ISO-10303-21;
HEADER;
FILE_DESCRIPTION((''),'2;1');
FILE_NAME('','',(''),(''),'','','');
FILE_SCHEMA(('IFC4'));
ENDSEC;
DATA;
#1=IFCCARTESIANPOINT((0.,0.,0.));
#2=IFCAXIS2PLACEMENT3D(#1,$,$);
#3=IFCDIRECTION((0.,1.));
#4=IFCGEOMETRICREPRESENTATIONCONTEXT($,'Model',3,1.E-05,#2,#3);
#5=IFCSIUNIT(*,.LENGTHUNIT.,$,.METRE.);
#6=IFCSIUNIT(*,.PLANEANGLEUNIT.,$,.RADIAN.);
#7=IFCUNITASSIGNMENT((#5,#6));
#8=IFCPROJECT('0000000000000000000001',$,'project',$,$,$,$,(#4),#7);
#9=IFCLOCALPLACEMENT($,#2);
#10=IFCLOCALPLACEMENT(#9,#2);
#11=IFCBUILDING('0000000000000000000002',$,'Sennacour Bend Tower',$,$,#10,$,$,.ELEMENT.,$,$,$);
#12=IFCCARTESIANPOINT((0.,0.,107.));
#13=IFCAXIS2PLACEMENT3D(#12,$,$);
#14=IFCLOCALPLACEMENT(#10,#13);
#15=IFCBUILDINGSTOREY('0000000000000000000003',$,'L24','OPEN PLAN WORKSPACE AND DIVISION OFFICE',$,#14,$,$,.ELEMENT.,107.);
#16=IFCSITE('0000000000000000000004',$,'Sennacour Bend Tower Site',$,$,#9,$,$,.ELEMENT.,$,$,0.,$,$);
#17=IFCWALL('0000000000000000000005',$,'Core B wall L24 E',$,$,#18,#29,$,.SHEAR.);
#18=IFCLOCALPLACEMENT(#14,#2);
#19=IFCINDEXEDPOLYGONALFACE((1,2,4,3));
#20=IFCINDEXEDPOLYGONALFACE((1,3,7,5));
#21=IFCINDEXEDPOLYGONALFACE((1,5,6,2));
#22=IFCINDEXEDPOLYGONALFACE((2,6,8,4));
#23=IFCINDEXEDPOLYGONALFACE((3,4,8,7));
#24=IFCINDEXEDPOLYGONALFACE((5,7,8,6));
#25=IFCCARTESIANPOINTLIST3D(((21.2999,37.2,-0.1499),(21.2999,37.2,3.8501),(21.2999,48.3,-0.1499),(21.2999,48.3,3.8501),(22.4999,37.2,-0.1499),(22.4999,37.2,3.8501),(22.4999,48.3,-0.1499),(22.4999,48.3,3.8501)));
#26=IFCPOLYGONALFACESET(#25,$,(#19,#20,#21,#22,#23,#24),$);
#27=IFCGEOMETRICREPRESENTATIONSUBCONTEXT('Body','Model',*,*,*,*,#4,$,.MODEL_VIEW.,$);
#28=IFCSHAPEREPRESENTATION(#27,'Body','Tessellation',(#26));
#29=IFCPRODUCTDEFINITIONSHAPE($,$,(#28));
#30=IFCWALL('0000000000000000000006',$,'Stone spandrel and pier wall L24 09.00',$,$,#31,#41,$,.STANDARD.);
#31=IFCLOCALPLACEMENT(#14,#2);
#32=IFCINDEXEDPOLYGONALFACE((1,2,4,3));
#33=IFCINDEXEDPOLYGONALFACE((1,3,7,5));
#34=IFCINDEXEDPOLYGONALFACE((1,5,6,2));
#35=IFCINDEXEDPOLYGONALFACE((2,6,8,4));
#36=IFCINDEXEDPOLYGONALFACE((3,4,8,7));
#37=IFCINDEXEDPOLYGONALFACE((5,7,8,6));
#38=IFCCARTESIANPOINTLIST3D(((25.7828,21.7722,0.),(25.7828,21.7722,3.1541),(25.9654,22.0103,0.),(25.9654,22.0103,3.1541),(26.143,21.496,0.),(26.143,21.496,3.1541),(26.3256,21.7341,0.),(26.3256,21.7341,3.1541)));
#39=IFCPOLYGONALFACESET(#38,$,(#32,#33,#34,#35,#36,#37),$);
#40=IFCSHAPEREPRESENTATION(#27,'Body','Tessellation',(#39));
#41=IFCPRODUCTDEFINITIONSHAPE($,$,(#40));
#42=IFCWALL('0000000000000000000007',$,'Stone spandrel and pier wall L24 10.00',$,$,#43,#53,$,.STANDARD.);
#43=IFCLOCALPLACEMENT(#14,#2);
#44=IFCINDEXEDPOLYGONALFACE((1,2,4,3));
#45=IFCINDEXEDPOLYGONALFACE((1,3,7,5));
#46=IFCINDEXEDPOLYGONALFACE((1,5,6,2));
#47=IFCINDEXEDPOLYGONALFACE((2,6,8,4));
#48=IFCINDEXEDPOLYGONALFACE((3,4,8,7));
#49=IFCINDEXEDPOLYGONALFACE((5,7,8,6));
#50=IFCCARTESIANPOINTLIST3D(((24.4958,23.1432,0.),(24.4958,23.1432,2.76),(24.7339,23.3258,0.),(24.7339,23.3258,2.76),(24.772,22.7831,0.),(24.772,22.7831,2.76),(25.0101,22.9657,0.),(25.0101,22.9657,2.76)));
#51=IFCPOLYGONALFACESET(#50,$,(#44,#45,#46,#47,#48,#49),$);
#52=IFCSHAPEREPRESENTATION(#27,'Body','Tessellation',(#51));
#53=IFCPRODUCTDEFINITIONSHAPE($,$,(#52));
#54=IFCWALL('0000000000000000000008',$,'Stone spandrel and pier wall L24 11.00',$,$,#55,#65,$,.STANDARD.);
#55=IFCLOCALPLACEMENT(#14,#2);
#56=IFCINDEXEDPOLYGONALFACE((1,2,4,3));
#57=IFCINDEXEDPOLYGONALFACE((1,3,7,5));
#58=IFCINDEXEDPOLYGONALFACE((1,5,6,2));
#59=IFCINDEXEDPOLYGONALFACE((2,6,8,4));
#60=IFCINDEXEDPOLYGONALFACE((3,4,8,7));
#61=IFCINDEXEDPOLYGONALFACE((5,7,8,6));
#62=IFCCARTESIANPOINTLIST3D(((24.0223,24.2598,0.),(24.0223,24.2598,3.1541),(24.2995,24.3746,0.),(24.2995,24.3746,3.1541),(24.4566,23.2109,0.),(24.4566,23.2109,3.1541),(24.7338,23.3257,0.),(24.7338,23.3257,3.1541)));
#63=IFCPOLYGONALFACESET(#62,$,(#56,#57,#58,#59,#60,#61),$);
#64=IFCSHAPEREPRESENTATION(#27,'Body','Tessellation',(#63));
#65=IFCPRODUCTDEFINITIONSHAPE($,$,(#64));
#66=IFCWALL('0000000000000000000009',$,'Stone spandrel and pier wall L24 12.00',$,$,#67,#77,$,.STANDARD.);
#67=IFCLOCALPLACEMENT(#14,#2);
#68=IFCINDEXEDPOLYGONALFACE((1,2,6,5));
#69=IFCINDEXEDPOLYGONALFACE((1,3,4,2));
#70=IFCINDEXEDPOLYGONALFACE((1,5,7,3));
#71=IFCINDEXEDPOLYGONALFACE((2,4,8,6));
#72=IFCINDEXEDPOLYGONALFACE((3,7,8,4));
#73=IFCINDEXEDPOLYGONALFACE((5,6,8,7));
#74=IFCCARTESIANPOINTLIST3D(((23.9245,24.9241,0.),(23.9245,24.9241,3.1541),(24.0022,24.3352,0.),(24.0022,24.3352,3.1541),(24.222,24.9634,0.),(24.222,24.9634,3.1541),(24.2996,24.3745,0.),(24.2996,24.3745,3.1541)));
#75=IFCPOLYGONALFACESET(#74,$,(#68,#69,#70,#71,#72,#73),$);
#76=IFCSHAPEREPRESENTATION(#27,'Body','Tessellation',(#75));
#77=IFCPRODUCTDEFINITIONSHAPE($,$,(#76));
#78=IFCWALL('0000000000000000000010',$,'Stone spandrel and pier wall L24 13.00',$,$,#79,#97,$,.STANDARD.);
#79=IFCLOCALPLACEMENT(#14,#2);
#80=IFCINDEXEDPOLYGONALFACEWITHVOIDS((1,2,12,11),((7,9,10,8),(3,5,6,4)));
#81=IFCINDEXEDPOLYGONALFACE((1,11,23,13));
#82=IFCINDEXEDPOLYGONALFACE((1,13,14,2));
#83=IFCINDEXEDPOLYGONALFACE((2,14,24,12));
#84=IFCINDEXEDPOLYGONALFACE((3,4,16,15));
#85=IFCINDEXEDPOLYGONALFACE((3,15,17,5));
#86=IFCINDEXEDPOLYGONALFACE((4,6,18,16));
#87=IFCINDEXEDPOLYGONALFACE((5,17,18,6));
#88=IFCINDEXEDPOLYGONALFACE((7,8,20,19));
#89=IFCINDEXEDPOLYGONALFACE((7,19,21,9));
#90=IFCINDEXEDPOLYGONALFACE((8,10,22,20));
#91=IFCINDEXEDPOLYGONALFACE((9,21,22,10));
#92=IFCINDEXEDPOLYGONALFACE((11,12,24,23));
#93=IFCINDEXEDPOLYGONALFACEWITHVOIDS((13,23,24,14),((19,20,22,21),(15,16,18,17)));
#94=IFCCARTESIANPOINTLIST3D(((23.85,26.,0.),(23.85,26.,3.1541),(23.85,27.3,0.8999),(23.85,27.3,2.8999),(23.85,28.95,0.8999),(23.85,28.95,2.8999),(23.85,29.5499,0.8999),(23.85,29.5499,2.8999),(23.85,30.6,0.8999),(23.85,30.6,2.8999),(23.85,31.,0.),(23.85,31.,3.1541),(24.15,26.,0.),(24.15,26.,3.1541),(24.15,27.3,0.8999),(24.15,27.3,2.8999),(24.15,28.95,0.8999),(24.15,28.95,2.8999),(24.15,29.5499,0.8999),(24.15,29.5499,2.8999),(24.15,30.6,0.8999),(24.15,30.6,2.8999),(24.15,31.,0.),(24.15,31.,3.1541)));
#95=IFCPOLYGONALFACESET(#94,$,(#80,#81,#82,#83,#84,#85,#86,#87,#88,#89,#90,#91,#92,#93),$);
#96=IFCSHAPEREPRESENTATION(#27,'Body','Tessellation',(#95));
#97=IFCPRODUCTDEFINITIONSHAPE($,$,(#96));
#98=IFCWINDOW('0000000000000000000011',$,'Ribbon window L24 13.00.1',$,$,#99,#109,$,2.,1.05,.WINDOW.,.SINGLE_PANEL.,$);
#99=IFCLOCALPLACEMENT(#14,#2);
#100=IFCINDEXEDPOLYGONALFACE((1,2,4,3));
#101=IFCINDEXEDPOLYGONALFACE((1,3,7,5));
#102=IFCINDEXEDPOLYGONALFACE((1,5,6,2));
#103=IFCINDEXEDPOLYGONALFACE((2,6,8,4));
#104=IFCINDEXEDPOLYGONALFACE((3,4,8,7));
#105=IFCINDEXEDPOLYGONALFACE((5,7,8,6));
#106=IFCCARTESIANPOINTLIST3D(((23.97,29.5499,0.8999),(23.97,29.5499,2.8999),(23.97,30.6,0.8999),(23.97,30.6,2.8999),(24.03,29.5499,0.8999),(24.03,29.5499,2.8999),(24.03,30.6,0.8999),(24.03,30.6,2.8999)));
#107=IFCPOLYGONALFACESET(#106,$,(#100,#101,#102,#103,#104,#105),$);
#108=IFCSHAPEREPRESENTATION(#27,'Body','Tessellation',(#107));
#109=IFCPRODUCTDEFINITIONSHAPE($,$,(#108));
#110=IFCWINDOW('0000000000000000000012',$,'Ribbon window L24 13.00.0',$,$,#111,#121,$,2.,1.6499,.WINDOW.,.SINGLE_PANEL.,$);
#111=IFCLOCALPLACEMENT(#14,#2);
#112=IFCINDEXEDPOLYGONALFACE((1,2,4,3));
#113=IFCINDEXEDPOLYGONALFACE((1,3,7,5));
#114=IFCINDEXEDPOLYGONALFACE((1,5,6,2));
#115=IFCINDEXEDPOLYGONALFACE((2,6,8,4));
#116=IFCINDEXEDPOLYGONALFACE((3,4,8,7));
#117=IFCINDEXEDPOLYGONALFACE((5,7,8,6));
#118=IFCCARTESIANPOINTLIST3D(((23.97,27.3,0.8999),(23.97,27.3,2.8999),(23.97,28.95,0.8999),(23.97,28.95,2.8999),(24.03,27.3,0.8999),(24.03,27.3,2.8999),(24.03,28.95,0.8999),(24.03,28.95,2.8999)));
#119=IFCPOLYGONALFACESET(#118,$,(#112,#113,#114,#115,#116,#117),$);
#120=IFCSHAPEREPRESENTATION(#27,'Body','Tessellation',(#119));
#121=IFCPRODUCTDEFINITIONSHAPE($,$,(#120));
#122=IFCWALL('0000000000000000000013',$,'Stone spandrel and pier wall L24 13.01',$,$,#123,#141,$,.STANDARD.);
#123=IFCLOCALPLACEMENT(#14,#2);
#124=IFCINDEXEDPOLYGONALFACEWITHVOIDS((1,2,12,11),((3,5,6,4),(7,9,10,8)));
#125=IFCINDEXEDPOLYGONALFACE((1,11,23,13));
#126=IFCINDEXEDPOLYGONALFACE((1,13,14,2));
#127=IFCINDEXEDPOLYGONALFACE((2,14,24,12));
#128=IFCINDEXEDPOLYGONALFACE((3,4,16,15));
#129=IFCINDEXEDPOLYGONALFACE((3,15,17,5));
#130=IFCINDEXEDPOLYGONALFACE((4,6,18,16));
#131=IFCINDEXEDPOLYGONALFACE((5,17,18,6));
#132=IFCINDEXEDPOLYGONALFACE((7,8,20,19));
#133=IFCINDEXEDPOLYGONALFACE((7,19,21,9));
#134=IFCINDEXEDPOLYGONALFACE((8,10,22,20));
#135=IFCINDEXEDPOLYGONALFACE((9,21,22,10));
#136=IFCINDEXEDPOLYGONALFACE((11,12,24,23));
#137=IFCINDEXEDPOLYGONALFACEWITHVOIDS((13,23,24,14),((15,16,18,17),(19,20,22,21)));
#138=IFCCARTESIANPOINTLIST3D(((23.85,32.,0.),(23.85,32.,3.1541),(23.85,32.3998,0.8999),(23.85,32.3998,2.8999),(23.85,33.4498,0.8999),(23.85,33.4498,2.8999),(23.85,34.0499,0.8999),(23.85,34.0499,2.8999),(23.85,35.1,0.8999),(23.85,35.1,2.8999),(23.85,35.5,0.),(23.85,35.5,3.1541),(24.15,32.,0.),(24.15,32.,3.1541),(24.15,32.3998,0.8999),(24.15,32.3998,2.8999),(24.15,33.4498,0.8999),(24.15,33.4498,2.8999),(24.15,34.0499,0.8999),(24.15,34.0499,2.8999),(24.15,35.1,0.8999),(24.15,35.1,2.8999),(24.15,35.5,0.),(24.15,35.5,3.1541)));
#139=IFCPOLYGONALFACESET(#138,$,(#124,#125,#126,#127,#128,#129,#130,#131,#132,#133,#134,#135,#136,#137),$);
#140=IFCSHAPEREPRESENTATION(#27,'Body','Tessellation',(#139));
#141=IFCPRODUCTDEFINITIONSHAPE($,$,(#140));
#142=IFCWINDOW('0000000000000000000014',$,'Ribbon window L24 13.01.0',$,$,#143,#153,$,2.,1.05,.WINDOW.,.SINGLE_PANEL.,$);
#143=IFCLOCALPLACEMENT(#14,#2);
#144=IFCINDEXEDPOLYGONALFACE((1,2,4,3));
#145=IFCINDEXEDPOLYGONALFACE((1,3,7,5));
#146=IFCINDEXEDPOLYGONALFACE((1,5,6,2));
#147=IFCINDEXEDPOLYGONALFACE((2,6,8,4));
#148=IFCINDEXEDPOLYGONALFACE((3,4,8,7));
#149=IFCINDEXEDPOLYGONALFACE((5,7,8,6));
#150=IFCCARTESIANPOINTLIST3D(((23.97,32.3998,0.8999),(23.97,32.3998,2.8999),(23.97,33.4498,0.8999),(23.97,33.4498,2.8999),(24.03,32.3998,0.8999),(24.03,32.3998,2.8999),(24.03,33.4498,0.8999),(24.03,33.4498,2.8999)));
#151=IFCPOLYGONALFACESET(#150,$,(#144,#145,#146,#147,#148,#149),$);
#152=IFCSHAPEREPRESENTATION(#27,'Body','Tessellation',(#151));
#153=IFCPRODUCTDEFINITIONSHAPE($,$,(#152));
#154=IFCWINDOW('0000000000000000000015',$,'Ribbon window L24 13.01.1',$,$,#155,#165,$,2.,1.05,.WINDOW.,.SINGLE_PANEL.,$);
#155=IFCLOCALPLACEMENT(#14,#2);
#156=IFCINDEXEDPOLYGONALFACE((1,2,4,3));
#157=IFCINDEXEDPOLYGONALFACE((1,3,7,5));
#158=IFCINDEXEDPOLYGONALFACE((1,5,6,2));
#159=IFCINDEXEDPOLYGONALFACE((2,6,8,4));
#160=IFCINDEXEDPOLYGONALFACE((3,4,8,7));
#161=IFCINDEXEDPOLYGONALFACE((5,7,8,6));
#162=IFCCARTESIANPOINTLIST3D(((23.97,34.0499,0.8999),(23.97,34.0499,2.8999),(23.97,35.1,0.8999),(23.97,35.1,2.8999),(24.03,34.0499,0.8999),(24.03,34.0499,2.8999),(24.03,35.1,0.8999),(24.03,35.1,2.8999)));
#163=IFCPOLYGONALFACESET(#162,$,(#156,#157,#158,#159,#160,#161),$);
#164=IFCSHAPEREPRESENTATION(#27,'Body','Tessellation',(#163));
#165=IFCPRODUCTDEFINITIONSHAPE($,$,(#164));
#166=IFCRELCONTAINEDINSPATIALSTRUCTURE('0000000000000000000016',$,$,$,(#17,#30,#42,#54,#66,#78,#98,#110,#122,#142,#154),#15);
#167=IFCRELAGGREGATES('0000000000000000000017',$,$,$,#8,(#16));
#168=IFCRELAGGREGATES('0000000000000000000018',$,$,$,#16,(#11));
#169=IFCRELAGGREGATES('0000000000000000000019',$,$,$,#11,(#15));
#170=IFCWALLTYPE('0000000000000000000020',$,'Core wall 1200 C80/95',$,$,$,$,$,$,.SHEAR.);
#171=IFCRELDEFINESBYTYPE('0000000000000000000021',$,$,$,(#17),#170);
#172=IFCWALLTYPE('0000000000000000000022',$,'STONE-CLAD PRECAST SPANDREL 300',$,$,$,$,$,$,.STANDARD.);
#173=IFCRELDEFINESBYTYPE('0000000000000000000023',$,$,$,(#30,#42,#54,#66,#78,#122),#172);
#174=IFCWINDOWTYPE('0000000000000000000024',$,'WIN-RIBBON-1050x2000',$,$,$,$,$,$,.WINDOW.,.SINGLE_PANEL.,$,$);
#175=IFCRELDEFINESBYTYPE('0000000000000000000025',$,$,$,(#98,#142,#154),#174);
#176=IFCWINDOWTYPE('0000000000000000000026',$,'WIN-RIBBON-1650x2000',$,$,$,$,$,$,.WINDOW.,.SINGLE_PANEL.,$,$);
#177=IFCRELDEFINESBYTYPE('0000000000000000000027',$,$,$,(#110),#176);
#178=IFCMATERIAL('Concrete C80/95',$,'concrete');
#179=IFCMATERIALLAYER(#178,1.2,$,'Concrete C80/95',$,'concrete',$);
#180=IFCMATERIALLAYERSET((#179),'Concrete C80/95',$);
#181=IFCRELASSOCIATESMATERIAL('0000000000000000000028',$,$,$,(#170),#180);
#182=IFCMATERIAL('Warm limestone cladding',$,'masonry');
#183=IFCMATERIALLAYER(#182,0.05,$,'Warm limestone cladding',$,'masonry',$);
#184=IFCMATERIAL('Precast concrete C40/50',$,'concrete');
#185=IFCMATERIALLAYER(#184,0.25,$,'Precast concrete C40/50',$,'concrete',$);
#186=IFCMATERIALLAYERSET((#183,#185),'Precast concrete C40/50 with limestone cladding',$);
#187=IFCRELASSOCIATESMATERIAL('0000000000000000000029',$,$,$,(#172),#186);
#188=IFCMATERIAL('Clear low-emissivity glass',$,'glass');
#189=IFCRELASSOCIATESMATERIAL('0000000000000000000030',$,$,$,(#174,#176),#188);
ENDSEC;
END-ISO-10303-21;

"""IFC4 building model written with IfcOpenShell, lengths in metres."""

from ifc_helpers import new_model, si_unit, direction, frame, frame_2d, origin, place, context, subcontext, project, spatial, rectangle, extrude, material, layer, layer_set, type_object, element, fill, save


model = new_model("IFC4")

# Units and contexts
model_context = context("Model", 3, precision=1e-05, world=origin(), true_north=direction((0.0, 1.0)))
body_context = subcontext(model_context, "Body", "Model", "MODEL_VIEW")
ifc_project = project(units=[si_unit("LENGTHUNIT", "METRE"), si_unit("PLANEANGLEUNIT", "RADIAN")], contexts=[model_context])

# Site, building, storey
site_placement = place(None, origin())
site = spatial("IfcSite", under=ifc_project, at=site_placement, Name="Sennacour Bend Tower Site", CompositionType="ELEMENT", RefElevation=0.0)
building_placement = place(site_placement, origin())
building = spatial("IfcBuilding", under=site, at=building_placement, Name="Sennacour Bend Tower", CompositionType="ELEMENT")
storey_placement = place(building_placement, frame((0.0, 0.0, 107.0)))
storey = spatial("IfcBuildingStorey", under=building, at=storey_placement, Name="L24", Description="OPEN PLAN WORKSPACE AND DIVISION OFFICE", CompositionType="ELEMENT", Elevation=107.0)

# Walls
ifc_material_1 = material(Name="Concrete C80/95", Category="concrete")
ifc_layer_1 = layer(ifc_material_1, 1.2, Name="Concrete C80/95", Category="concrete")
ifc_layer_set_1 = layer_set([ifc_layer_1], Name="Concrete C80/95")
wall_type_1 = type_object("IfcWallType", Name="Core wall 1200 C80/95", PredefinedType="SHEAR", material=ifc_layer_set_1)
wall_1_placement = place(storey_placement, frame((21.8999, 37.2, -0.1499), z_axis=(0.0, 0.0, 1.0), x_axis=(0.0, 1.0, 0.0)))
element("IfcWall", 1, at=wall_1_placement, inside=storey, type_object=wall_type_1, Name="Core B wall L24 E", PredefinedType="SHEAR", context=body_context, shape_type="SweptSolid", body=[
    extrude(rectangle(XDim=11.1001, YDim=1.2, at=frame_2d((5.55, 0.0))), origin(), (0.0, 0.0, 1.0), 4.0),
])
ifc_material_2 = material(Name="Warm limestone cladding", Category="masonry")
ifc_layer_2 = layer(ifc_material_2, 0.05, Name="Warm limestone cladding", Category="masonry")
ifc_material_3 = material(Name="Precast concrete C40/50", Category="concrete")
ifc_layer_3 = layer(ifc_material_3, 0.25, Name="Precast concrete C40/50", Category="concrete")
ifc_layer_set_2 = layer_set([ifc_layer_2, ifc_layer_3], Name="Precast concrete C40/50 with limestone cladding")
wall_type_2 = type_object("IfcWallType", Name="STONE-CLAD PRECAST SPANDREL 300", PredefinedType="STANDARD", material=ifc_layer_set_2)
wall_2_placement = place(storey_placement, frame((26.2344, 21.615, 0.0), z_axis=(0.0, 0.0, 1.0), x_axis=(-0.793563, 0.608488, 0.0)))
element("IfcWall", 2, at=wall_2_placement, inside=storey, type_object=wall_type_2, Name="Stone spandrel and pier wall L24 09.00", PredefinedType="STANDARD", context=body_context, shape_type="SweptSolid", body=[
    extrude(rectangle(XDim=0.4539, YDim=0.3, at=frame_2d((0.2271, 0.0))), origin(), (0.0, 0.0, 1.0), 3.1541),
])
wall_3_placement = place(storey_placement, frame((24.8911, 22.8743, 0.0), z_axis=(0.0, 0.0, 1.0), x_axis=(-0.608488, 0.793563, 0.0)))
element("IfcWall", 3, at=wall_3_placement, inside=storey, type_object=wall_type_2, Name="Stone spandrel and pier wall L24 10.00", PredefinedType="STANDARD", context=body_context, shape_type="SweptSolid", body=[
    extrude(rectangle(XDim=0.4539, YDim=0.3, at=frame_2d((0.2271, 0.0))), origin(), (0.0, 0.0, 1.0), 2.76),
])
wall_4_placement = place(storey_placement, frame((24.5952, 23.2683, 0.0), z_axis=(0.0, 0.0, 1.0), x_axis=(-0.382599, 0.923915, 0.0)))
element("IfcWall", 4, at=wall_4_placement, inside=storey, type_object=wall_type_2, Name="Stone spandrel and pier wall L24 11.00", PredefinedType="STANDARD", context=body_context, shape_type="SweptSolid", body=[
    extrude(rectangle(XDim=1.1353, YDim=0.3, at=frame_2d((0.5676, 0.0))), origin(), (0.0, 0.0, 1.0), 3.1541),
])
wall_5_placement = place(storey_placement, frame((24.1509, 24.355, 0.0), z_axis=(0.0, 0.0, 1.0), x_axis=(-0.13071, 0.991421, 0.0)))
element("IfcWall", 5, at=wall_5_placement, inside=storey, type_object=wall_type_2, Name="Stone spandrel and pier wall L24 12.00", PredefinedType="STANDARD", context=body_context, shape_type="SweptSolid", body=[
    extrude(rectangle(XDim=0.594, YDim=0.3, at=frame_2d((0.2969, 0.0))), origin(), (0.0, 0.0, 1.0), 3.1541),
])

# Walls, openings, windows
wall_6_placement = place(storey_placement, frame((24.0, 26.0, 0.0), z_axis=(0.0, 0.0, 1.0), x_axis=(0.0, 1.0, 0.0)))
wall_6 = element("IfcWall", 6, at=wall_6_placement, inside=storey, type_object=wall_type_2, Name="Stone spandrel and pier wall L24 13.00", PredefinedType="STANDARD", context=body_context, shape_type="SweptSolid", body=[
    extrude(rectangle(XDim=5.0, YDim=0.3, at=frame_2d((2.5, 0.0))), origin(), (0.0, 0.0, 1.0), 3.1541),
])
opening_1_placement = place(wall_6_placement, frame((1.3, 0.0, 0.8999)))
opening_1 = element("IfcOpeningElement", 7, at=opening_1_placement, cuts=wall_6, PredefinedType="OPENING", context=body_context, shape_type="SweptSolid", body=[
    extrude(rectangle(XDim=1.6499, YDim=2.0, at=frame_2d((0.825, 1.0))), frame((0.0, 0.1602, 0.0), z_axis=(0.0, -1.0, 0.0), x_axis=(1.0, 0.0, 0.0)), (0.0, 0.0, 1.0), 0.3201),
])
opening_2_placement = place(wall_6_placement, frame((3.55, 0.0, 0.8999)))
opening_2 = element("IfcOpeningElement", 8, at=opening_2_placement, cuts=wall_6, PredefinedType="OPENING", context=body_context, shape_type="SweptSolid", body=[
    extrude(rectangle(XDim=1.05, YDim=2.0, at=frame_2d((0.5249, 1.0))), frame((0.0, 0.1602, 0.0), z_axis=(0.0, -1.0, 0.0), x_axis=(1.0, 0.0, 0.0)), (0.0, 0.0, 1.0), 0.3201),
])
ifc_material_4 = material(Name="Clear low-emissivity glass", Category="glass")
window_type_1 = type_object("IfcWindowType", Name="WIN-RIBBON-1050x2000", PartitioningType="SINGLE_PANEL", PredefinedType="WINDOW", material=ifc_material_4)
window_1_placement = place(opening_2_placement, origin())
window_1 = element("IfcWindow", 9, at=window_1_placement, inside=storey, type_object=window_type_1, Name="Ribbon window L24 13.00.1", OverallHeight=2.0, OverallWidth=1.05, PartitioningType="SINGLE_PANEL", PredefinedType="WINDOW", context=body_context, shape_type="SweptSolid", body=[
    extrude(rectangle(XDim=1.05, YDim=2.0, at=frame_2d((0.5249, 1.0))), frame((0.0, 0.03, 0.0), z_axis=(0.0, -1.0, 0.0), x_axis=(1.0, 0.0, 0.0)), (0.0, 0.0, 1.0), 0.0601),
])
fill(opening_2, window_1)
window_type_2 = type_object("IfcWindowType", Name="WIN-RIBBON-1650x2000", PartitioningType="SINGLE_PANEL", PredefinedType="WINDOW", material=ifc_material_4)
window_2_placement = place(opening_1_placement, origin())
window_2 = element("IfcWindow", 10, at=window_2_placement, inside=storey, type_object=window_type_2, Name="Ribbon window L24 13.00.0", OverallHeight=2.0, OverallWidth=1.6499, PartitioningType="SINGLE_PANEL", PredefinedType="WINDOW", context=body_context, shape_type="SweptSolid", body=[
    extrude(rectangle(XDim=1.6499, YDim=2.0, at=frame_2d((0.825, 1.0))), frame((0.0, 0.03, 0.0), z_axis=(0.0, -1.0, 0.0), x_axis=(1.0, 0.0, 0.0)), (0.0, 0.0, 1.0), 0.0601),
])
fill(opening_1, window_2)
wall_7_placement = place(storey_placement, frame((24.0, 32.0, 0.0), z_axis=(0.0, 0.0, 1.0), x_axis=(0.0, 1.0, 0.0)))
wall_7 = element("IfcWall", 11, at=wall_7_placement, inside=storey, type_object=wall_type_2, Name="Stone spandrel and pier wall L24 13.01", PredefinedType="STANDARD", context=body_context, shape_type="SweptSolid", body=[
    extrude(rectangle(XDim=3.5, YDim=0.3, at=frame_2d((1.75, 0.0))), origin(), (0.0, 0.0, 1.0), 3.1541),
])
opening_3_placement = place(wall_7_placement, frame((0.3999, 0.0, 0.8999)))
opening_3 = element("IfcOpeningElement", 12, at=opening_3_placement, cuts=wall_7, PredefinedType="OPENING", context=body_context, shape_type="SweptSolid", body=[
    extrude(rectangle(XDim=1.05, YDim=2.0, at=frame_2d((0.5249, 1.0))), frame((0.0, 0.1602, 0.0), z_axis=(0.0, -1.0, 0.0), x_axis=(1.0, 0.0, 0.0)), (0.0, 0.0, 1.0), 0.3201),
])
opening_4_placement = place(wall_7_placement, frame((2.05, 0.0, 0.8999)))
opening_4 = element("IfcOpeningElement", 13, at=opening_4_placement, cuts=wall_7, PredefinedType="OPENING", context=body_context, shape_type="SweptSolid", body=[
    extrude(rectangle(XDim=1.05, YDim=2.0, at=frame_2d((0.5249, 1.0))), frame((0.0, 0.1602, 0.0), z_axis=(0.0, -1.0, 0.0), x_axis=(1.0, 0.0, 0.0)), (0.0, 0.0, 1.0), 0.3201),
])
window_3_placement = place(opening_3_placement, origin())
window_3 = element("IfcWindow", 14, at=window_3_placement, inside=storey, type_object=window_type_1, Name="Ribbon window L24 13.01.0", OverallHeight=2.0, OverallWidth=1.05, PartitioningType="SINGLE_PANEL", PredefinedType="WINDOW", context=body_context, shape_type="SweptSolid", body=[
    extrude(rectangle(XDim=1.05, YDim=2.0, at=frame_2d((0.5249, 1.0))), frame((0.0, 0.03, 0.0), z_axis=(0.0, -1.0, 0.0), x_axis=(1.0, 0.0, 0.0)), (0.0, 0.0, 1.0), 0.0601),
])
fill(opening_3, window_3)
window_4_placement = place(opening_4_placement, origin())
window_4 = element("IfcWindow", 15, at=window_4_placement, inside=storey, type_object=window_type_1, Name="Ribbon window L24 13.01.1", OverallHeight=2.0, OverallWidth=1.05, PartitioningType="SINGLE_PANEL", PredefinedType="WINDOW", context=body_context, shape_type="SweptSolid", body=[
    extrude(rectangle(XDim=1.05, YDim=2.0, at=frame_2d((0.5249, 1.0))), frame((0.0, 0.03, 0.0), z_axis=(0.0, -1.0, 0.0), x_axis=(1.0, 0.0, 0.0)), (0.0, 0.0, 1.0), 0.0601),
])
fill(opening_4, window_4)

save(model, "model.ifc")
